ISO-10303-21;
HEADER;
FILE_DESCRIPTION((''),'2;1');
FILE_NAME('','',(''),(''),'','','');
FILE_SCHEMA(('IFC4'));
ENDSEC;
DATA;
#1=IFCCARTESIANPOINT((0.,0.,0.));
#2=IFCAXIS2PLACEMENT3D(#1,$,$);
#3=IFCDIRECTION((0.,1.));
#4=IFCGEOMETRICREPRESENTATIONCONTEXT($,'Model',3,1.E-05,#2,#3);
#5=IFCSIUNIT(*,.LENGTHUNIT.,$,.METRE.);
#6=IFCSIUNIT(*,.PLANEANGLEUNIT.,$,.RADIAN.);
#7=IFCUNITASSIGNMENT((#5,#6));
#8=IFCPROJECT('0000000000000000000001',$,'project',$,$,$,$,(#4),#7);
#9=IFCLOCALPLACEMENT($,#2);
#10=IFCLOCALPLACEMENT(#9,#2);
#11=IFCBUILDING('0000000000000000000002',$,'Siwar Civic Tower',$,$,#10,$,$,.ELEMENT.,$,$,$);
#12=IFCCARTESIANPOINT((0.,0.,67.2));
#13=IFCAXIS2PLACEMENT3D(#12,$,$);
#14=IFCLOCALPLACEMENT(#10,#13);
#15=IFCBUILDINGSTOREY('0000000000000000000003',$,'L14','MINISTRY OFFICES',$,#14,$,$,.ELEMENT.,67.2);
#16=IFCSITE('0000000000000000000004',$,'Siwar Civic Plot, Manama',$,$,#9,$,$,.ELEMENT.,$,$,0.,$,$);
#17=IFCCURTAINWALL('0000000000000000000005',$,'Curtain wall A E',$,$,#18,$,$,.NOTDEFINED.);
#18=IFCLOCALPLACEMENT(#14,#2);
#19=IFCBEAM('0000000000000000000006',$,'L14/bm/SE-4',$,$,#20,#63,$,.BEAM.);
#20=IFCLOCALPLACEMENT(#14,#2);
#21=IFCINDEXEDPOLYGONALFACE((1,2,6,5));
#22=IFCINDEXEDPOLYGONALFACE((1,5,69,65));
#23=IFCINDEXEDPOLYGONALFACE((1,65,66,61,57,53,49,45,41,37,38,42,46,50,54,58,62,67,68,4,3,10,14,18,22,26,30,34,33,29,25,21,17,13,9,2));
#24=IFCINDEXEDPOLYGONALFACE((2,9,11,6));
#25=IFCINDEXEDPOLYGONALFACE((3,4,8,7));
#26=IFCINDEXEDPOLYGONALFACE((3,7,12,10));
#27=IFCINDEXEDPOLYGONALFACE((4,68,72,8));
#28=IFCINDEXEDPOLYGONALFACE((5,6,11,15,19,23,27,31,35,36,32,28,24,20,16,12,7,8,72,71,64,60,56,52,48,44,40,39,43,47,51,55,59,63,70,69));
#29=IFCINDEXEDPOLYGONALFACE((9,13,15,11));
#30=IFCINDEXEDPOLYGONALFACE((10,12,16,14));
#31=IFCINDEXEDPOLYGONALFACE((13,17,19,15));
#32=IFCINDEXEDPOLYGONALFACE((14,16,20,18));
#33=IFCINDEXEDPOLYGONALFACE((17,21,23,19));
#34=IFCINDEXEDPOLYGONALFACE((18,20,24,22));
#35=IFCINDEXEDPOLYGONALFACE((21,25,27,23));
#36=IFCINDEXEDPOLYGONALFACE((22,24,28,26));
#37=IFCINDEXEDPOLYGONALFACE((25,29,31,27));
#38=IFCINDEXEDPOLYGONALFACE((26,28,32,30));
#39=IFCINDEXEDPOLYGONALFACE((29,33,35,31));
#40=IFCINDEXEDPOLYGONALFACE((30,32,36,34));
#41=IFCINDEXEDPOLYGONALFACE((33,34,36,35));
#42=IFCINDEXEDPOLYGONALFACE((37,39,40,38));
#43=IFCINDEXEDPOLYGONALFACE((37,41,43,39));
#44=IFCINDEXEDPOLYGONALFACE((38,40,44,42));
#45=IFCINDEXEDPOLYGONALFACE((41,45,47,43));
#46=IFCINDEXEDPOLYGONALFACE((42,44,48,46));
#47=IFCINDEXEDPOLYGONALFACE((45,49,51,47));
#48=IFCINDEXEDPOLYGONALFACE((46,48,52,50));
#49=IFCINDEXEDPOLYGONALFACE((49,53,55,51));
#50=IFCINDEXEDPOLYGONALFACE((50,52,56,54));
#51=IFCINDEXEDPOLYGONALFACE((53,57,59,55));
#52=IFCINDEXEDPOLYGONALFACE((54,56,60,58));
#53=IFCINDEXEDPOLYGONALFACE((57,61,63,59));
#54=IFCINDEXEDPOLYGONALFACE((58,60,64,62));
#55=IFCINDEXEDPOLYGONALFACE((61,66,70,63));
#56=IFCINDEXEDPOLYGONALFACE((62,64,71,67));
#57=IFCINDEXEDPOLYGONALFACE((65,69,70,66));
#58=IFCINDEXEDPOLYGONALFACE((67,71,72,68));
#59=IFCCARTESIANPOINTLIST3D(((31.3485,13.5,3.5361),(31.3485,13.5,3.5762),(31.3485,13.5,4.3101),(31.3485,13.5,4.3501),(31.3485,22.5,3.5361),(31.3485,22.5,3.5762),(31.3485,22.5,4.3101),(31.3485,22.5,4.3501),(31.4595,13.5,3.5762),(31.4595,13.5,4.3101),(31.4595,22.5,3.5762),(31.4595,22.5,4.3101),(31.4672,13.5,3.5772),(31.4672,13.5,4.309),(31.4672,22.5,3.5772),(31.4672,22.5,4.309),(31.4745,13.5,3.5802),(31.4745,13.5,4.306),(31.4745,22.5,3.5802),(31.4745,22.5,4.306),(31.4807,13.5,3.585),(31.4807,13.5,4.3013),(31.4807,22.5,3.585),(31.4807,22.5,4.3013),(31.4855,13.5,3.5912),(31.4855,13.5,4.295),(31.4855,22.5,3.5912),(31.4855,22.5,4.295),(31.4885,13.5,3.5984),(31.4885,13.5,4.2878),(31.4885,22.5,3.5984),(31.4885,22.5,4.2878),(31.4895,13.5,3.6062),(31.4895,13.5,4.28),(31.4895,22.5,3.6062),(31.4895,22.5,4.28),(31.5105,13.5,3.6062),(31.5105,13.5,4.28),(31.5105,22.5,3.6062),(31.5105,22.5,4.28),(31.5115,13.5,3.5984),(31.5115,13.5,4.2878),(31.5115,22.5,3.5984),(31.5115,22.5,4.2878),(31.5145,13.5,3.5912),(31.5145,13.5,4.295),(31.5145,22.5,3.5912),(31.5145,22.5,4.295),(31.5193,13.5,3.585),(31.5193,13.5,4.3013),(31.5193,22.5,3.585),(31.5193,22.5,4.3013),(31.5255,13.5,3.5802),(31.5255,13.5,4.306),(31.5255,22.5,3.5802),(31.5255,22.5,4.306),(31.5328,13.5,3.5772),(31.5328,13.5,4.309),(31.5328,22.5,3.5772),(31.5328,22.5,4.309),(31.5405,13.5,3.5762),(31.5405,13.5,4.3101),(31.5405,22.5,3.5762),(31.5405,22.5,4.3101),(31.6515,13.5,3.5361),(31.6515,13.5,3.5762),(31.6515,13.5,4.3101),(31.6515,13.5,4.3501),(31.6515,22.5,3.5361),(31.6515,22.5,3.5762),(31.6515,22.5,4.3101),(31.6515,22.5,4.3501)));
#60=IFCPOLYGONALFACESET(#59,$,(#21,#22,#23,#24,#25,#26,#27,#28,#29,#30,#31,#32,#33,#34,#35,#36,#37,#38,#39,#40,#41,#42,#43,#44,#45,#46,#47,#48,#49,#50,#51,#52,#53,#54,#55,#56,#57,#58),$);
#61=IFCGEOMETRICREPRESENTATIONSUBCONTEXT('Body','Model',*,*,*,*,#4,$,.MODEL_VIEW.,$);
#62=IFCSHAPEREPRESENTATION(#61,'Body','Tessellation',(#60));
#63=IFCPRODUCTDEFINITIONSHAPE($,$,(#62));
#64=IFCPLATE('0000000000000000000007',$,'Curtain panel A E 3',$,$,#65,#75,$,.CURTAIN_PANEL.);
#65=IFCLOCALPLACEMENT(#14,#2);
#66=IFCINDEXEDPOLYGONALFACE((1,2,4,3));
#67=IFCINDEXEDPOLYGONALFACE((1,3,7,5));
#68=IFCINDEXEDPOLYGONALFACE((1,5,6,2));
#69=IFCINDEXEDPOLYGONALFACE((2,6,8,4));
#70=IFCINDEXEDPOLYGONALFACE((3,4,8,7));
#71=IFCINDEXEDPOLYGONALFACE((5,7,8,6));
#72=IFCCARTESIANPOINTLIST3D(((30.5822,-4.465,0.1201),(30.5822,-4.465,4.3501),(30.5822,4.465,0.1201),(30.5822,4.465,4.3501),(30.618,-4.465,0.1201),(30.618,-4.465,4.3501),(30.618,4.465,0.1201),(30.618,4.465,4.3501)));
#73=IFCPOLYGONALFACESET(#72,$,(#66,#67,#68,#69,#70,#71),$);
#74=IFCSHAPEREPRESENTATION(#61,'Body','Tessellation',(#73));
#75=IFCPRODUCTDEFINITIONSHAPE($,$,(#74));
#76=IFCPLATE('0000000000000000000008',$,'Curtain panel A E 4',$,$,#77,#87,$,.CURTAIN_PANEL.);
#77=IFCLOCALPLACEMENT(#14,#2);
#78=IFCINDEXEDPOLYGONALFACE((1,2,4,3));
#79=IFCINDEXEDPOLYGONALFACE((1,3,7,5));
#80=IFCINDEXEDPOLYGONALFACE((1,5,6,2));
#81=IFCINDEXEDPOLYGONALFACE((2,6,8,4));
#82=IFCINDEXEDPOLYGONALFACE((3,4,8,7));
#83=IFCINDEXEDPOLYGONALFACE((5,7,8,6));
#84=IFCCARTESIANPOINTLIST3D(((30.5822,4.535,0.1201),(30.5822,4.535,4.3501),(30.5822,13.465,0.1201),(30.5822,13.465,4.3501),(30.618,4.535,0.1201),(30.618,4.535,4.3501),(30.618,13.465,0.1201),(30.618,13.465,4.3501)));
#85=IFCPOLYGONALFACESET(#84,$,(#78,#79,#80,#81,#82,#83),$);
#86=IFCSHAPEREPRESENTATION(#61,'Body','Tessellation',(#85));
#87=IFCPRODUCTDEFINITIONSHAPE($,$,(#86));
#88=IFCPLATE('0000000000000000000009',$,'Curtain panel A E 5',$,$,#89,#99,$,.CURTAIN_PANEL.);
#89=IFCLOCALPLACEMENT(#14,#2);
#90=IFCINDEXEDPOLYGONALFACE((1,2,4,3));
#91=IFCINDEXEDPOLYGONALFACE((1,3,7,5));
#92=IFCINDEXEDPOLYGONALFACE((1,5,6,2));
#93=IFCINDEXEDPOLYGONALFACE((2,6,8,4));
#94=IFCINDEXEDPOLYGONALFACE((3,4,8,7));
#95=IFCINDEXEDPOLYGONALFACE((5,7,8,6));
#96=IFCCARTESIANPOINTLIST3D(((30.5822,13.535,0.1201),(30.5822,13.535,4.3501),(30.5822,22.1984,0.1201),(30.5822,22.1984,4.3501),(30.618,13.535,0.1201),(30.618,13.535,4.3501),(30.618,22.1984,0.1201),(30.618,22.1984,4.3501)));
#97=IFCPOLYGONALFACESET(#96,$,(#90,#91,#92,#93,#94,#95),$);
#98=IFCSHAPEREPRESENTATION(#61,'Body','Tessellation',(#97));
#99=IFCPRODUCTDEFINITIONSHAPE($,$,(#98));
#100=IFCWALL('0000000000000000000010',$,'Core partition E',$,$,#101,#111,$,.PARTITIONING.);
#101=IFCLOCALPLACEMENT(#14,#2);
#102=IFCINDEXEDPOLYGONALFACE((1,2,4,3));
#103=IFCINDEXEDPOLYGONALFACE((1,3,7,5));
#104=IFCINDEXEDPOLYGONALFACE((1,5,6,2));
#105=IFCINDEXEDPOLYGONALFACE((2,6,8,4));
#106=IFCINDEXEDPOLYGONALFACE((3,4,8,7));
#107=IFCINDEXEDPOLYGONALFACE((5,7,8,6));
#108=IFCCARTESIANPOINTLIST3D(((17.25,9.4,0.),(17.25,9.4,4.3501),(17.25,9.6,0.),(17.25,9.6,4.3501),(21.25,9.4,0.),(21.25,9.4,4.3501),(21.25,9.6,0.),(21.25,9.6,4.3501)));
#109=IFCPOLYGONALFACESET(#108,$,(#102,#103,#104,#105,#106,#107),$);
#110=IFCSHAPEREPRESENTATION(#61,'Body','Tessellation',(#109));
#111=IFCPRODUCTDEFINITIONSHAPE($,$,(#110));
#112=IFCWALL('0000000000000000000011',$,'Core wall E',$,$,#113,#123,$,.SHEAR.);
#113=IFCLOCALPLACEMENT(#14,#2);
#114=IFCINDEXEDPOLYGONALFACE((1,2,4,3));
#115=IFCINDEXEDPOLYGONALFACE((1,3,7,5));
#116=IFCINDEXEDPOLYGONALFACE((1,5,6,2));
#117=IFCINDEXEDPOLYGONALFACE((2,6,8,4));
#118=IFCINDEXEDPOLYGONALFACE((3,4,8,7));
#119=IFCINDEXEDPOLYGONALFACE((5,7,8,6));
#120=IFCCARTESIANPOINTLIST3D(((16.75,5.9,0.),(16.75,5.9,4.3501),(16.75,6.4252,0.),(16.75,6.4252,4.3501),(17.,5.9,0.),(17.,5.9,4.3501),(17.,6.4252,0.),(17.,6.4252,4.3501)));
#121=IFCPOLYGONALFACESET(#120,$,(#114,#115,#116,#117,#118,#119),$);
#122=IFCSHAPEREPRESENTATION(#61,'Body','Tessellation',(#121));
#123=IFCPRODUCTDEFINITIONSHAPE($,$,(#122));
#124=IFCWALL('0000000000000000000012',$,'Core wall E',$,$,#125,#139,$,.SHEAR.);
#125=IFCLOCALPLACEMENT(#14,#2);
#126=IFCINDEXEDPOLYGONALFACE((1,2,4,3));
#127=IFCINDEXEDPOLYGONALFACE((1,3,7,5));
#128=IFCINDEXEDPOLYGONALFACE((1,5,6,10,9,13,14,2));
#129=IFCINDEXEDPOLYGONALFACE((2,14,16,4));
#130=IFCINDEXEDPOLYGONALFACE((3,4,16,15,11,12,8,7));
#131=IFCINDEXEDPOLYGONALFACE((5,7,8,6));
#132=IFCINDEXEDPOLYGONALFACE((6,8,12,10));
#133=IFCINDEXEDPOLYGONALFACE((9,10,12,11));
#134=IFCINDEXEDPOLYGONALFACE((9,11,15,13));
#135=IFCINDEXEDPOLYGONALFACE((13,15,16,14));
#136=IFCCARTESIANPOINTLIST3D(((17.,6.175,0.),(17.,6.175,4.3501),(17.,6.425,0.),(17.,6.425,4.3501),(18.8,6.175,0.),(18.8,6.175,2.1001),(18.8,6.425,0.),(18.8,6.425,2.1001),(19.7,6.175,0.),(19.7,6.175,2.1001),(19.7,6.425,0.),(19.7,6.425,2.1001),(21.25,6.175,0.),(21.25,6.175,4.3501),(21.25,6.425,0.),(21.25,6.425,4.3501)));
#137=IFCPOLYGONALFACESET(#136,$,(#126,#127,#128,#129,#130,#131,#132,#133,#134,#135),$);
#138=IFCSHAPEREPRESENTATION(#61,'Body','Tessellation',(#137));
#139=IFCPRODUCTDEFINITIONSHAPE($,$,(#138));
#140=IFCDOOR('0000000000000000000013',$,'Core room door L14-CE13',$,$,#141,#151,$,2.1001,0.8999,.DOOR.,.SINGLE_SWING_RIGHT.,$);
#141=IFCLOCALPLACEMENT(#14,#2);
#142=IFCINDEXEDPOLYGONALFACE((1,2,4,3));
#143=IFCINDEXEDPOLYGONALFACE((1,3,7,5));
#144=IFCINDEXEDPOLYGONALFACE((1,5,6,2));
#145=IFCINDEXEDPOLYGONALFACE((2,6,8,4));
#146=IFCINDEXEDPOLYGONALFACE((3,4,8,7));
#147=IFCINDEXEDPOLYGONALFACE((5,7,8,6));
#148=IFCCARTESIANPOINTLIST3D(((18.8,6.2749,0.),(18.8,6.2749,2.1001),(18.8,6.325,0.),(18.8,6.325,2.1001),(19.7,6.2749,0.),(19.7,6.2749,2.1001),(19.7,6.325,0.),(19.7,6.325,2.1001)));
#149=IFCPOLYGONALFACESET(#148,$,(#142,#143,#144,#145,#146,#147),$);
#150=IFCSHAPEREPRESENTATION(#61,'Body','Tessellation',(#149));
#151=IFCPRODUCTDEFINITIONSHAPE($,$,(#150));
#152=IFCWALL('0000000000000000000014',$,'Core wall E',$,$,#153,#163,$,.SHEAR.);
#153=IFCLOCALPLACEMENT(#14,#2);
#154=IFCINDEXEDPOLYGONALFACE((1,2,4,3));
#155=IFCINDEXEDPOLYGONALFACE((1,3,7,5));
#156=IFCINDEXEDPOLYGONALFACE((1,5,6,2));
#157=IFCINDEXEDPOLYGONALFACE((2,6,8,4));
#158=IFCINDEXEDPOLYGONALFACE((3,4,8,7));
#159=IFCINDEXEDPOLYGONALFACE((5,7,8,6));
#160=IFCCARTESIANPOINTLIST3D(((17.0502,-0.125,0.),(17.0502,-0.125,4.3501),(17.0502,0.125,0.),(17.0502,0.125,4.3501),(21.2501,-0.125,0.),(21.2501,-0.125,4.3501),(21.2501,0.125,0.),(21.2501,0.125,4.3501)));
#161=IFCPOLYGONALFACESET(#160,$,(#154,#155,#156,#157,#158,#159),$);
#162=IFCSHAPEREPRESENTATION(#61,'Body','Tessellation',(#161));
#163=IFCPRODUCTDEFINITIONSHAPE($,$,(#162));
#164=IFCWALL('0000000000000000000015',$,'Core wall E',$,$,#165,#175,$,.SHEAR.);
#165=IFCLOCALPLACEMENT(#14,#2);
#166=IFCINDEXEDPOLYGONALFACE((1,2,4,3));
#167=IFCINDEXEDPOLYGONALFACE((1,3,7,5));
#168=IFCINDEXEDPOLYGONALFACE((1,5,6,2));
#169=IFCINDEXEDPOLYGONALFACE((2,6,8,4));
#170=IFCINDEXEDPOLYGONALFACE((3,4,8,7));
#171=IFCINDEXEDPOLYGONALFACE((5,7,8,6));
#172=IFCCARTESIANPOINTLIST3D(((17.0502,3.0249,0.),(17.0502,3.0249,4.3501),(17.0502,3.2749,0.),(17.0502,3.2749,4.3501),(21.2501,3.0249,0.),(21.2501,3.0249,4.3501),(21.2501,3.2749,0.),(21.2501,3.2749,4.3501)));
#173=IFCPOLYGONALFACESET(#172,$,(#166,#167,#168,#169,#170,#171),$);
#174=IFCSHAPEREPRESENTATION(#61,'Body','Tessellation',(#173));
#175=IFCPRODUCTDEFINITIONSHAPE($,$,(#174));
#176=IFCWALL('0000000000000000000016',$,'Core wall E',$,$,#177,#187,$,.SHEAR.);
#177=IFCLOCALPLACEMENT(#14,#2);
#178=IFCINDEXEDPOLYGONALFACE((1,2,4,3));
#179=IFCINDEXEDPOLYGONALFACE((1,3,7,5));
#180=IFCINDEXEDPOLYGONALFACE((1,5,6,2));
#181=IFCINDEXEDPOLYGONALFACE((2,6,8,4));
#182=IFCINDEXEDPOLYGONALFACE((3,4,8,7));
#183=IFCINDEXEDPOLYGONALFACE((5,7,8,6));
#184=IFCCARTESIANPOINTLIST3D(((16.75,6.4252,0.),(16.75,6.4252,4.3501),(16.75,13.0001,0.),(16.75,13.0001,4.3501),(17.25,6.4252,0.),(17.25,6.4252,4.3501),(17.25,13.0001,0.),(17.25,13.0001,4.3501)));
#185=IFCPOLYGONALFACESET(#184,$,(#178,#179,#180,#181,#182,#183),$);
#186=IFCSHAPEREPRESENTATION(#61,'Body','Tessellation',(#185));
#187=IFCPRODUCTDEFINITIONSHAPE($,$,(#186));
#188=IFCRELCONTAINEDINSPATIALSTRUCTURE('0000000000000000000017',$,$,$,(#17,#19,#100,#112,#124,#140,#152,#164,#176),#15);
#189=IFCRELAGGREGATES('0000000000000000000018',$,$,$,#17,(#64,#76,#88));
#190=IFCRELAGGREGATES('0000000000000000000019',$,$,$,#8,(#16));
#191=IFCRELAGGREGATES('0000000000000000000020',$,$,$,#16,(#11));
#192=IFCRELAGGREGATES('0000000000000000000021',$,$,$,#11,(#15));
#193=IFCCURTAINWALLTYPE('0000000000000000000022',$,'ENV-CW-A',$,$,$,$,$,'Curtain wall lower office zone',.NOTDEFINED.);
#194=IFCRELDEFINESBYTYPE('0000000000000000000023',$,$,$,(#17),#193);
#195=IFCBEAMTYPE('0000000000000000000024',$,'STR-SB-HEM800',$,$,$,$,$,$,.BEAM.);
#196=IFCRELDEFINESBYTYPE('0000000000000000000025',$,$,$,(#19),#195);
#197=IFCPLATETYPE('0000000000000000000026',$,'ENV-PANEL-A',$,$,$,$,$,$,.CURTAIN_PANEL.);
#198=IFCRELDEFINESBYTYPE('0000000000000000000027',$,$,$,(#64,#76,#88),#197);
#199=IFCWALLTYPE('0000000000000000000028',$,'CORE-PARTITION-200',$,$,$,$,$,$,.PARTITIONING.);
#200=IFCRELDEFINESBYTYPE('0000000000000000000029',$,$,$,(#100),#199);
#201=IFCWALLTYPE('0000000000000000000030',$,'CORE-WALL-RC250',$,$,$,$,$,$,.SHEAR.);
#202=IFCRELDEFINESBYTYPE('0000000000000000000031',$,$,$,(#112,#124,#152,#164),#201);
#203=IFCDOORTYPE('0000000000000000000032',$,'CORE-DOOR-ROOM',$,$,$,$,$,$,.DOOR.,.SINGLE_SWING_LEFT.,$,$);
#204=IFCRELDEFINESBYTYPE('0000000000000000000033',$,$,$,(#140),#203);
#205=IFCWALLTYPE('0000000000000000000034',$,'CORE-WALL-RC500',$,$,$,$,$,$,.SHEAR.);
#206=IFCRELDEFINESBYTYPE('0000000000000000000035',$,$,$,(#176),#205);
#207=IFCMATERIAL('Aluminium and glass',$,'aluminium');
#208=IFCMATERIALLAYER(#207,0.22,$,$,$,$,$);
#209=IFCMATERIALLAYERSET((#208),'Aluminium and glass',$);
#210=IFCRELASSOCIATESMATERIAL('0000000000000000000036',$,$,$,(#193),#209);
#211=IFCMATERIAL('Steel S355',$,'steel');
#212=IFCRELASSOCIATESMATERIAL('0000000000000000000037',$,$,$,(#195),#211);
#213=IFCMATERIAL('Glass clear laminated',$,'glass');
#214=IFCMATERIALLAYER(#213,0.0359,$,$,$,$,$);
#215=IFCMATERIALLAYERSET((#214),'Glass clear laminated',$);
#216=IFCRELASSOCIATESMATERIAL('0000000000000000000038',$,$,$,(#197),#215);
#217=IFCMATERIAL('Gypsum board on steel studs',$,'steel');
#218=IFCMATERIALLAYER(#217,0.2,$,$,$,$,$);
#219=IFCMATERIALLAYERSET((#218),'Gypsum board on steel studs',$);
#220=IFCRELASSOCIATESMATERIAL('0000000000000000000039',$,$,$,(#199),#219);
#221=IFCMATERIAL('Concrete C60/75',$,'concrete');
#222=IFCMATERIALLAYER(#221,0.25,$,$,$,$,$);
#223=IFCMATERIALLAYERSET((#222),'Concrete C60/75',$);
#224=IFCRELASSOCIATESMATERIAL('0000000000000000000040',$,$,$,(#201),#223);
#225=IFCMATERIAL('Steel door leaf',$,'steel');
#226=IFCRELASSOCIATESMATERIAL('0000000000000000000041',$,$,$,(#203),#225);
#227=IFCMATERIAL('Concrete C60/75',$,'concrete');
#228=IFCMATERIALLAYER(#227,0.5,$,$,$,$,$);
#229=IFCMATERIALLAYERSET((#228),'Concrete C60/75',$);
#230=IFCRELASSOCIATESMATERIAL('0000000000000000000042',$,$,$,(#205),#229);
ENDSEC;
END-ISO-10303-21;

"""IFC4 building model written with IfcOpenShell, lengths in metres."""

from ifc_helpers import new_model, si_unit, direction, frame, frame_2d, origin, origin_2d, place, context, subcontext, project, spatial, rectangle, i_section, extrude, material, layer, layer_set, material_profile, profile_set, type_object, element, fill, aggregate, save


model = new_model("IFC4")

# Units and contexts
model_context = context("Model", 3, precision=1e-05, world=origin(), true_north=direction((0.0, 1.0)))
body_context = subcontext(model_context, "Body", "Model", "MODEL_VIEW")
ifc_project = project(units=[si_unit("LENGTHUNIT", "METRE"), si_unit("PLANEANGLEUNIT", "RADIAN")], contexts=[model_context])

# Site, building, storey
site_placement = place(None, origin())
site = spatial("IfcSite", under=ifc_project, at=site_placement, Name="Siwar Civic Plot, Manama", CompositionType="ELEMENT", RefElevation=0.0)
building_placement = place(site_placement, origin())
building = spatial("IfcBuilding", under=site, at=building_placement, Name="Siwar Civic Tower", CompositionType="ELEMENT")
storey_placement = place(building_placement, frame((0.0, 0.0, 67.2)))
storey = spatial("IfcBuildingStorey", under=building, at=storey_placement, Name="L14", Description="MINISTRY OFFICES", CompositionType="ELEMENT", Elevation=67.2)

# Curtain wall
ifc_material_1 = material(Name="Aluminium and glass", Category="aluminium")
ifc_layer_1 = layer(ifc_material_1, 0.22)
ifc_layer_set_1 = layer_set([ifc_layer_1], Name="Aluminium and glass")
curtain_wall_type = type_object("IfcCurtainWallType", Name="ENV-CW-A", ElementType="Curtain wall lower office zone", PredefinedType="NOTDEFINED", material=ifc_layer_set_1)
curtain_wall_placement = place(storey_placement, origin())
curtain_wall = element("IfcCurtainWall", 1, at=curtain_wall_placement, inside=storey, type_object=curtain_wall_type, Name="Curtain wall A E", PredefinedType="NOTDEFINED")

# Beam
ifc_material_2 = material(Name="Steel S355", Category="steel")
ifc_material_profile_1 = material_profile(ifc_material_2, i_section(OverallWidth=0.303, OverallDepth=0.814, WebThickness=0.021, FlangeThickness=0.04, FilletRadius=0.03, at=origin_2d()), Name="HEM800")
ifc_profile_set_1 = profile_set([ifc_material_profile_1], Name="Steel S355")
beam_type_1 = type_object("IfcBeamType", Name="STR-SB-HEM800", PredefinedType="BEAM", material=ifc_profile_set_1)
for number, where, z_axis, x_axis, name in (
    (2, (31.5, 13.5, 3.9431), (0.0, 1.0, 0.0), (-1.0, 0.0, 0.0), "L14/bm/SE-4"),
):
    element("IfcBeam", number, at=place(storey_placement, frame(where, z_axis=z_axis, x_axis=x_axis)), inside=storey, type_object=beam_type_1, Name=name, PredefinedType="BEAM", context=body_context, shape_type="SweptSolid", body=[
        extrude(i_section(OverallWidth=0.303, OverallDepth=0.814, WebThickness=0.021, FlangeThickness=0.04, FilletRadius=0.03, at=origin_2d()), origin(), (0.0, 0.0, 1.0), 9.0),
    ])

# Plates
ifc_material_3 = material(Name="Glass clear laminated", Category="glass")
ifc_layer_2 = layer(ifc_material_3, 0.0359)
ifc_layer_set_2 = layer_set([ifc_layer_2], Name="Glass clear laminated")
plate_type = type_object("IfcPlateType", Name="ENV-PANEL-A", PredefinedType="CURTAIN_PANEL", material=ifc_layer_set_2)
plate_1_placement = place(storey_placement, frame((30.6001, 0.0, 0.1201), z_axis=(0.0, 0.0, 1.0), x_axis=(0.0, 1.0, 0.0)))
plate_1 = element("IfcPlate", 3, at=plate_1_placement, type_object=plate_type, Name="Curtain panel A E 3", PredefinedType="CURTAIN_PANEL", context=body_context, shape_type="SweptSolid", body=[
    extrude(rectangle(XDim=8.9299, YDim=0.0359, at=origin_2d()), origin(), (0.0, 0.0, 1.0), 4.23),
])
plate_2_placement = place(storey_placement, frame((30.6001, 9.0, 0.1201), z_axis=(0.0, 0.0, 1.0), x_axis=(0.0, 1.0, 0.0)))
plate_2 = element("IfcPlate", 4, at=plate_2_placement, type_object=plate_type, Name="Curtain panel A E 4", PredefinedType="CURTAIN_PANEL", context=body_context, shape_type="SweptSolid", body=[
    extrude(rectangle(XDim=8.9299, YDim=0.0359, at=origin_2d()), origin(), (0.0, 0.0, 1.0), 4.23),
])
plate_3_placement = place(storey_placement, frame((30.6001, 17.8667, 0.1201), z_axis=(0.0, 0.0, 1.0), x_axis=(0.0, 1.0, 0.0)))
plate_3 = element("IfcPlate", 5, at=plate_3_placement, type_object=plate_type, Name="Curtain panel A E 5", PredefinedType="CURTAIN_PANEL", context=body_context, shape_type="SweptSolid", body=[
    extrude(rectangle(XDim=8.6633, YDim=0.0359, at=origin_2d()), origin(), (0.0, 0.0, 1.0), 4.23),
])
aggregate(curtain_wall, [plate_1, plate_2, plate_3])

# Walls
ifc_material_4 = material(Name="Gypsum board on steel studs", Category="steel")
ifc_layer_3 = layer(ifc_material_4, 0.2)
ifc_layer_set_3 = layer_set([ifc_layer_3], Name="Gypsum board on steel studs")
wall_type_1 = type_object("IfcWallType", Name="CORE-PARTITION-200", PredefinedType="PARTITIONING", material=ifc_layer_set_3)
wall_1_placement = place(storey_placement, frame((17.25, 9.5, 0.0), z_axis=(0.0, 0.0, 1.0), x_axis=(1.0, 0.0, 0.0)))
element("IfcWall", 6, at=wall_1_placement, inside=storey, type_object=wall_type_1, Name="Core partition E", PredefinedType="PARTITIONING", context=body_context, shape_type="SweptSolid", body=[
    extrude(rectangle(XDim=4.0, YDim=0.2, at=frame_2d((2.0, 0.0))), origin(), (0.0, 0.0, 1.0), 4.3501),
])
ifc_material_5 = material(Name="Concrete C60/75", Category="concrete")
ifc_layer_4 = layer(ifc_material_5, 0.25)
ifc_layer_set_4 = layer_set([ifc_layer_4], Name="Concrete C60/75")
wall_type_2 = type_object("IfcWallType", Name="CORE-WALL-RC250", PredefinedType="SHEAR", material=ifc_layer_set_4)
wall_2_placement = place(storey_placement, frame((16.875, 5.8999, 0.0), z_axis=(0.0, 0.0, 1.0), x_axis=(0.0, 1.0, 0.0)))
element("IfcWall", 7, at=wall_2_placement, inside=storey, type_object=wall_type_2, Name="Core wall E", PredefinedType="SHEAR", context=body_context, shape_type="SweptSolid", body=[
    extrude(rectangle(XDim=0.5251, YDim=0.25, at=frame_2d((0.2627, 0.0))), origin(), (0.0, 0.0, 1.0), 4.3501),
])

# Wall, opening, door
wall_3_placement = place(storey_placement, frame((17.0, 6.3, 0.0), z_axis=(0.0, 0.0, 1.0), x_axis=(1.0, 0.0, 0.0)))
wall_3 = element("IfcWall", 8, at=wall_3_placement, inside=storey, type_object=wall_type_2, Name="Core wall E", PredefinedType="SHEAR", context=body_context, shape_type="SweptSolid", body=[
    extrude(rectangle(XDim=4.25, YDim=0.25, at=frame_2d((2.125, 0.0))), origin(), (0.0, 0.0, 1.0), 4.3501),
])
opening_placement = place(wall_3_placement, frame((1.8, 0.0, 0.0)))
opening = element("IfcOpeningElement", 9, at=opening_placement, cuts=wall_3, PredefinedType="OPENING", context=body_context, shape_type="SweptSolid", body=[
    extrude(rectangle(XDim=0.8999, YDim=2.1001, at=frame_2d((0.45, 1.05))), frame((0.0, 0.135, 0.0), z_axis=(0.0, -1.0, 0.0), x_axis=(1.0, 0.0, 0.0)), (0.0, 0.0, 1.0), 0.27),
])
ifc_material_6 = material(Name="Steel door leaf", Category="steel")
door_type = type_object("IfcDoorType", Name="CORE-DOOR-ROOM", OperationType="SINGLE_SWING_LEFT", PredefinedType="DOOR", material=ifc_material_6)
door_placement = place(opening_placement, origin())
door = element("IfcDoor", 10, at=door_placement, inside=storey, type_object=door_type, Name="Core room door L14-CE13", OperationType="SINGLE_SWING_RIGHT", OverallHeight=2.1001, OverallWidth=0.8999, PredefinedType="DOOR", context=body_context, shape_type="SweptSolid", body=[
    extrude(rectangle(XDim=0.8999, YDim=2.1001, at=frame_2d((0.45, 1.05))), frame((0.0, 0.0249, 0.0), z_axis=(0.0, -1.0, 0.0), x_axis=(1.0, 0.0, 0.0)), (0.0, 0.0, 1.0), 0.05),
])
fill(opening, door)

# Walls
for number, where, z_axis, x_axis, name in (
    (11, (17.05, 0.0, 0.0), (0.0, 0.0, 1.0), (1.0, 0.0, 0.0), "Core wall E"),
    (12, (17.05, 3.1499, 0.0), (0.0, 0.0, 1.0), (1.0, 0.0, 0.0), "Core wall E"),
):
    element("IfcWall", number, at=place(storey_placement, frame(where, z_axis=z_axis, x_axis=x_axis)), inside=storey, type_object=wall_type_2, Name=name, PredefinedType="SHEAR", context=body_context, shape_type="SweptSolid", body=[
        extrude(rectangle(XDim=4.2, YDim=0.25, at=frame_2d((2.1001, 0.0))), origin(), (0.0, 0.0, 1.0), 4.3501),
    ])
ifc_material_7 = material(Name="Concrete C60/75", Category="concrete")
ifc_layer_5 = layer(ifc_material_7, 0.5)
ifc_layer_set_5 = layer_set([ifc_layer_5], Name="Concrete C60/75")
wall_type_3 = type_object("IfcWallType", Name="CORE-WALL-RC500", PredefinedType="SHEAR", material=ifc_layer_set_5)
wall_4_placement = place(storey_placement, frame((17.0, 6.425, 0.0), z_axis=(0.0, 0.0, 1.0), x_axis=(0.0, 1.0, 0.0)))
element("IfcWall", 13, at=wall_4_placement, inside=storey, type_object=wall_type_3, Name="Core wall E", PredefinedType="SHEAR", context=body_context, shape_type="SweptSolid", body=[
    extrude(rectangle(XDim=6.575, YDim=0.5, at=frame_2d((3.2876, 0.0))), origin(), (0.0, 0.0, 1.0), 4.3501),
])

save(model, "model.ifc")
